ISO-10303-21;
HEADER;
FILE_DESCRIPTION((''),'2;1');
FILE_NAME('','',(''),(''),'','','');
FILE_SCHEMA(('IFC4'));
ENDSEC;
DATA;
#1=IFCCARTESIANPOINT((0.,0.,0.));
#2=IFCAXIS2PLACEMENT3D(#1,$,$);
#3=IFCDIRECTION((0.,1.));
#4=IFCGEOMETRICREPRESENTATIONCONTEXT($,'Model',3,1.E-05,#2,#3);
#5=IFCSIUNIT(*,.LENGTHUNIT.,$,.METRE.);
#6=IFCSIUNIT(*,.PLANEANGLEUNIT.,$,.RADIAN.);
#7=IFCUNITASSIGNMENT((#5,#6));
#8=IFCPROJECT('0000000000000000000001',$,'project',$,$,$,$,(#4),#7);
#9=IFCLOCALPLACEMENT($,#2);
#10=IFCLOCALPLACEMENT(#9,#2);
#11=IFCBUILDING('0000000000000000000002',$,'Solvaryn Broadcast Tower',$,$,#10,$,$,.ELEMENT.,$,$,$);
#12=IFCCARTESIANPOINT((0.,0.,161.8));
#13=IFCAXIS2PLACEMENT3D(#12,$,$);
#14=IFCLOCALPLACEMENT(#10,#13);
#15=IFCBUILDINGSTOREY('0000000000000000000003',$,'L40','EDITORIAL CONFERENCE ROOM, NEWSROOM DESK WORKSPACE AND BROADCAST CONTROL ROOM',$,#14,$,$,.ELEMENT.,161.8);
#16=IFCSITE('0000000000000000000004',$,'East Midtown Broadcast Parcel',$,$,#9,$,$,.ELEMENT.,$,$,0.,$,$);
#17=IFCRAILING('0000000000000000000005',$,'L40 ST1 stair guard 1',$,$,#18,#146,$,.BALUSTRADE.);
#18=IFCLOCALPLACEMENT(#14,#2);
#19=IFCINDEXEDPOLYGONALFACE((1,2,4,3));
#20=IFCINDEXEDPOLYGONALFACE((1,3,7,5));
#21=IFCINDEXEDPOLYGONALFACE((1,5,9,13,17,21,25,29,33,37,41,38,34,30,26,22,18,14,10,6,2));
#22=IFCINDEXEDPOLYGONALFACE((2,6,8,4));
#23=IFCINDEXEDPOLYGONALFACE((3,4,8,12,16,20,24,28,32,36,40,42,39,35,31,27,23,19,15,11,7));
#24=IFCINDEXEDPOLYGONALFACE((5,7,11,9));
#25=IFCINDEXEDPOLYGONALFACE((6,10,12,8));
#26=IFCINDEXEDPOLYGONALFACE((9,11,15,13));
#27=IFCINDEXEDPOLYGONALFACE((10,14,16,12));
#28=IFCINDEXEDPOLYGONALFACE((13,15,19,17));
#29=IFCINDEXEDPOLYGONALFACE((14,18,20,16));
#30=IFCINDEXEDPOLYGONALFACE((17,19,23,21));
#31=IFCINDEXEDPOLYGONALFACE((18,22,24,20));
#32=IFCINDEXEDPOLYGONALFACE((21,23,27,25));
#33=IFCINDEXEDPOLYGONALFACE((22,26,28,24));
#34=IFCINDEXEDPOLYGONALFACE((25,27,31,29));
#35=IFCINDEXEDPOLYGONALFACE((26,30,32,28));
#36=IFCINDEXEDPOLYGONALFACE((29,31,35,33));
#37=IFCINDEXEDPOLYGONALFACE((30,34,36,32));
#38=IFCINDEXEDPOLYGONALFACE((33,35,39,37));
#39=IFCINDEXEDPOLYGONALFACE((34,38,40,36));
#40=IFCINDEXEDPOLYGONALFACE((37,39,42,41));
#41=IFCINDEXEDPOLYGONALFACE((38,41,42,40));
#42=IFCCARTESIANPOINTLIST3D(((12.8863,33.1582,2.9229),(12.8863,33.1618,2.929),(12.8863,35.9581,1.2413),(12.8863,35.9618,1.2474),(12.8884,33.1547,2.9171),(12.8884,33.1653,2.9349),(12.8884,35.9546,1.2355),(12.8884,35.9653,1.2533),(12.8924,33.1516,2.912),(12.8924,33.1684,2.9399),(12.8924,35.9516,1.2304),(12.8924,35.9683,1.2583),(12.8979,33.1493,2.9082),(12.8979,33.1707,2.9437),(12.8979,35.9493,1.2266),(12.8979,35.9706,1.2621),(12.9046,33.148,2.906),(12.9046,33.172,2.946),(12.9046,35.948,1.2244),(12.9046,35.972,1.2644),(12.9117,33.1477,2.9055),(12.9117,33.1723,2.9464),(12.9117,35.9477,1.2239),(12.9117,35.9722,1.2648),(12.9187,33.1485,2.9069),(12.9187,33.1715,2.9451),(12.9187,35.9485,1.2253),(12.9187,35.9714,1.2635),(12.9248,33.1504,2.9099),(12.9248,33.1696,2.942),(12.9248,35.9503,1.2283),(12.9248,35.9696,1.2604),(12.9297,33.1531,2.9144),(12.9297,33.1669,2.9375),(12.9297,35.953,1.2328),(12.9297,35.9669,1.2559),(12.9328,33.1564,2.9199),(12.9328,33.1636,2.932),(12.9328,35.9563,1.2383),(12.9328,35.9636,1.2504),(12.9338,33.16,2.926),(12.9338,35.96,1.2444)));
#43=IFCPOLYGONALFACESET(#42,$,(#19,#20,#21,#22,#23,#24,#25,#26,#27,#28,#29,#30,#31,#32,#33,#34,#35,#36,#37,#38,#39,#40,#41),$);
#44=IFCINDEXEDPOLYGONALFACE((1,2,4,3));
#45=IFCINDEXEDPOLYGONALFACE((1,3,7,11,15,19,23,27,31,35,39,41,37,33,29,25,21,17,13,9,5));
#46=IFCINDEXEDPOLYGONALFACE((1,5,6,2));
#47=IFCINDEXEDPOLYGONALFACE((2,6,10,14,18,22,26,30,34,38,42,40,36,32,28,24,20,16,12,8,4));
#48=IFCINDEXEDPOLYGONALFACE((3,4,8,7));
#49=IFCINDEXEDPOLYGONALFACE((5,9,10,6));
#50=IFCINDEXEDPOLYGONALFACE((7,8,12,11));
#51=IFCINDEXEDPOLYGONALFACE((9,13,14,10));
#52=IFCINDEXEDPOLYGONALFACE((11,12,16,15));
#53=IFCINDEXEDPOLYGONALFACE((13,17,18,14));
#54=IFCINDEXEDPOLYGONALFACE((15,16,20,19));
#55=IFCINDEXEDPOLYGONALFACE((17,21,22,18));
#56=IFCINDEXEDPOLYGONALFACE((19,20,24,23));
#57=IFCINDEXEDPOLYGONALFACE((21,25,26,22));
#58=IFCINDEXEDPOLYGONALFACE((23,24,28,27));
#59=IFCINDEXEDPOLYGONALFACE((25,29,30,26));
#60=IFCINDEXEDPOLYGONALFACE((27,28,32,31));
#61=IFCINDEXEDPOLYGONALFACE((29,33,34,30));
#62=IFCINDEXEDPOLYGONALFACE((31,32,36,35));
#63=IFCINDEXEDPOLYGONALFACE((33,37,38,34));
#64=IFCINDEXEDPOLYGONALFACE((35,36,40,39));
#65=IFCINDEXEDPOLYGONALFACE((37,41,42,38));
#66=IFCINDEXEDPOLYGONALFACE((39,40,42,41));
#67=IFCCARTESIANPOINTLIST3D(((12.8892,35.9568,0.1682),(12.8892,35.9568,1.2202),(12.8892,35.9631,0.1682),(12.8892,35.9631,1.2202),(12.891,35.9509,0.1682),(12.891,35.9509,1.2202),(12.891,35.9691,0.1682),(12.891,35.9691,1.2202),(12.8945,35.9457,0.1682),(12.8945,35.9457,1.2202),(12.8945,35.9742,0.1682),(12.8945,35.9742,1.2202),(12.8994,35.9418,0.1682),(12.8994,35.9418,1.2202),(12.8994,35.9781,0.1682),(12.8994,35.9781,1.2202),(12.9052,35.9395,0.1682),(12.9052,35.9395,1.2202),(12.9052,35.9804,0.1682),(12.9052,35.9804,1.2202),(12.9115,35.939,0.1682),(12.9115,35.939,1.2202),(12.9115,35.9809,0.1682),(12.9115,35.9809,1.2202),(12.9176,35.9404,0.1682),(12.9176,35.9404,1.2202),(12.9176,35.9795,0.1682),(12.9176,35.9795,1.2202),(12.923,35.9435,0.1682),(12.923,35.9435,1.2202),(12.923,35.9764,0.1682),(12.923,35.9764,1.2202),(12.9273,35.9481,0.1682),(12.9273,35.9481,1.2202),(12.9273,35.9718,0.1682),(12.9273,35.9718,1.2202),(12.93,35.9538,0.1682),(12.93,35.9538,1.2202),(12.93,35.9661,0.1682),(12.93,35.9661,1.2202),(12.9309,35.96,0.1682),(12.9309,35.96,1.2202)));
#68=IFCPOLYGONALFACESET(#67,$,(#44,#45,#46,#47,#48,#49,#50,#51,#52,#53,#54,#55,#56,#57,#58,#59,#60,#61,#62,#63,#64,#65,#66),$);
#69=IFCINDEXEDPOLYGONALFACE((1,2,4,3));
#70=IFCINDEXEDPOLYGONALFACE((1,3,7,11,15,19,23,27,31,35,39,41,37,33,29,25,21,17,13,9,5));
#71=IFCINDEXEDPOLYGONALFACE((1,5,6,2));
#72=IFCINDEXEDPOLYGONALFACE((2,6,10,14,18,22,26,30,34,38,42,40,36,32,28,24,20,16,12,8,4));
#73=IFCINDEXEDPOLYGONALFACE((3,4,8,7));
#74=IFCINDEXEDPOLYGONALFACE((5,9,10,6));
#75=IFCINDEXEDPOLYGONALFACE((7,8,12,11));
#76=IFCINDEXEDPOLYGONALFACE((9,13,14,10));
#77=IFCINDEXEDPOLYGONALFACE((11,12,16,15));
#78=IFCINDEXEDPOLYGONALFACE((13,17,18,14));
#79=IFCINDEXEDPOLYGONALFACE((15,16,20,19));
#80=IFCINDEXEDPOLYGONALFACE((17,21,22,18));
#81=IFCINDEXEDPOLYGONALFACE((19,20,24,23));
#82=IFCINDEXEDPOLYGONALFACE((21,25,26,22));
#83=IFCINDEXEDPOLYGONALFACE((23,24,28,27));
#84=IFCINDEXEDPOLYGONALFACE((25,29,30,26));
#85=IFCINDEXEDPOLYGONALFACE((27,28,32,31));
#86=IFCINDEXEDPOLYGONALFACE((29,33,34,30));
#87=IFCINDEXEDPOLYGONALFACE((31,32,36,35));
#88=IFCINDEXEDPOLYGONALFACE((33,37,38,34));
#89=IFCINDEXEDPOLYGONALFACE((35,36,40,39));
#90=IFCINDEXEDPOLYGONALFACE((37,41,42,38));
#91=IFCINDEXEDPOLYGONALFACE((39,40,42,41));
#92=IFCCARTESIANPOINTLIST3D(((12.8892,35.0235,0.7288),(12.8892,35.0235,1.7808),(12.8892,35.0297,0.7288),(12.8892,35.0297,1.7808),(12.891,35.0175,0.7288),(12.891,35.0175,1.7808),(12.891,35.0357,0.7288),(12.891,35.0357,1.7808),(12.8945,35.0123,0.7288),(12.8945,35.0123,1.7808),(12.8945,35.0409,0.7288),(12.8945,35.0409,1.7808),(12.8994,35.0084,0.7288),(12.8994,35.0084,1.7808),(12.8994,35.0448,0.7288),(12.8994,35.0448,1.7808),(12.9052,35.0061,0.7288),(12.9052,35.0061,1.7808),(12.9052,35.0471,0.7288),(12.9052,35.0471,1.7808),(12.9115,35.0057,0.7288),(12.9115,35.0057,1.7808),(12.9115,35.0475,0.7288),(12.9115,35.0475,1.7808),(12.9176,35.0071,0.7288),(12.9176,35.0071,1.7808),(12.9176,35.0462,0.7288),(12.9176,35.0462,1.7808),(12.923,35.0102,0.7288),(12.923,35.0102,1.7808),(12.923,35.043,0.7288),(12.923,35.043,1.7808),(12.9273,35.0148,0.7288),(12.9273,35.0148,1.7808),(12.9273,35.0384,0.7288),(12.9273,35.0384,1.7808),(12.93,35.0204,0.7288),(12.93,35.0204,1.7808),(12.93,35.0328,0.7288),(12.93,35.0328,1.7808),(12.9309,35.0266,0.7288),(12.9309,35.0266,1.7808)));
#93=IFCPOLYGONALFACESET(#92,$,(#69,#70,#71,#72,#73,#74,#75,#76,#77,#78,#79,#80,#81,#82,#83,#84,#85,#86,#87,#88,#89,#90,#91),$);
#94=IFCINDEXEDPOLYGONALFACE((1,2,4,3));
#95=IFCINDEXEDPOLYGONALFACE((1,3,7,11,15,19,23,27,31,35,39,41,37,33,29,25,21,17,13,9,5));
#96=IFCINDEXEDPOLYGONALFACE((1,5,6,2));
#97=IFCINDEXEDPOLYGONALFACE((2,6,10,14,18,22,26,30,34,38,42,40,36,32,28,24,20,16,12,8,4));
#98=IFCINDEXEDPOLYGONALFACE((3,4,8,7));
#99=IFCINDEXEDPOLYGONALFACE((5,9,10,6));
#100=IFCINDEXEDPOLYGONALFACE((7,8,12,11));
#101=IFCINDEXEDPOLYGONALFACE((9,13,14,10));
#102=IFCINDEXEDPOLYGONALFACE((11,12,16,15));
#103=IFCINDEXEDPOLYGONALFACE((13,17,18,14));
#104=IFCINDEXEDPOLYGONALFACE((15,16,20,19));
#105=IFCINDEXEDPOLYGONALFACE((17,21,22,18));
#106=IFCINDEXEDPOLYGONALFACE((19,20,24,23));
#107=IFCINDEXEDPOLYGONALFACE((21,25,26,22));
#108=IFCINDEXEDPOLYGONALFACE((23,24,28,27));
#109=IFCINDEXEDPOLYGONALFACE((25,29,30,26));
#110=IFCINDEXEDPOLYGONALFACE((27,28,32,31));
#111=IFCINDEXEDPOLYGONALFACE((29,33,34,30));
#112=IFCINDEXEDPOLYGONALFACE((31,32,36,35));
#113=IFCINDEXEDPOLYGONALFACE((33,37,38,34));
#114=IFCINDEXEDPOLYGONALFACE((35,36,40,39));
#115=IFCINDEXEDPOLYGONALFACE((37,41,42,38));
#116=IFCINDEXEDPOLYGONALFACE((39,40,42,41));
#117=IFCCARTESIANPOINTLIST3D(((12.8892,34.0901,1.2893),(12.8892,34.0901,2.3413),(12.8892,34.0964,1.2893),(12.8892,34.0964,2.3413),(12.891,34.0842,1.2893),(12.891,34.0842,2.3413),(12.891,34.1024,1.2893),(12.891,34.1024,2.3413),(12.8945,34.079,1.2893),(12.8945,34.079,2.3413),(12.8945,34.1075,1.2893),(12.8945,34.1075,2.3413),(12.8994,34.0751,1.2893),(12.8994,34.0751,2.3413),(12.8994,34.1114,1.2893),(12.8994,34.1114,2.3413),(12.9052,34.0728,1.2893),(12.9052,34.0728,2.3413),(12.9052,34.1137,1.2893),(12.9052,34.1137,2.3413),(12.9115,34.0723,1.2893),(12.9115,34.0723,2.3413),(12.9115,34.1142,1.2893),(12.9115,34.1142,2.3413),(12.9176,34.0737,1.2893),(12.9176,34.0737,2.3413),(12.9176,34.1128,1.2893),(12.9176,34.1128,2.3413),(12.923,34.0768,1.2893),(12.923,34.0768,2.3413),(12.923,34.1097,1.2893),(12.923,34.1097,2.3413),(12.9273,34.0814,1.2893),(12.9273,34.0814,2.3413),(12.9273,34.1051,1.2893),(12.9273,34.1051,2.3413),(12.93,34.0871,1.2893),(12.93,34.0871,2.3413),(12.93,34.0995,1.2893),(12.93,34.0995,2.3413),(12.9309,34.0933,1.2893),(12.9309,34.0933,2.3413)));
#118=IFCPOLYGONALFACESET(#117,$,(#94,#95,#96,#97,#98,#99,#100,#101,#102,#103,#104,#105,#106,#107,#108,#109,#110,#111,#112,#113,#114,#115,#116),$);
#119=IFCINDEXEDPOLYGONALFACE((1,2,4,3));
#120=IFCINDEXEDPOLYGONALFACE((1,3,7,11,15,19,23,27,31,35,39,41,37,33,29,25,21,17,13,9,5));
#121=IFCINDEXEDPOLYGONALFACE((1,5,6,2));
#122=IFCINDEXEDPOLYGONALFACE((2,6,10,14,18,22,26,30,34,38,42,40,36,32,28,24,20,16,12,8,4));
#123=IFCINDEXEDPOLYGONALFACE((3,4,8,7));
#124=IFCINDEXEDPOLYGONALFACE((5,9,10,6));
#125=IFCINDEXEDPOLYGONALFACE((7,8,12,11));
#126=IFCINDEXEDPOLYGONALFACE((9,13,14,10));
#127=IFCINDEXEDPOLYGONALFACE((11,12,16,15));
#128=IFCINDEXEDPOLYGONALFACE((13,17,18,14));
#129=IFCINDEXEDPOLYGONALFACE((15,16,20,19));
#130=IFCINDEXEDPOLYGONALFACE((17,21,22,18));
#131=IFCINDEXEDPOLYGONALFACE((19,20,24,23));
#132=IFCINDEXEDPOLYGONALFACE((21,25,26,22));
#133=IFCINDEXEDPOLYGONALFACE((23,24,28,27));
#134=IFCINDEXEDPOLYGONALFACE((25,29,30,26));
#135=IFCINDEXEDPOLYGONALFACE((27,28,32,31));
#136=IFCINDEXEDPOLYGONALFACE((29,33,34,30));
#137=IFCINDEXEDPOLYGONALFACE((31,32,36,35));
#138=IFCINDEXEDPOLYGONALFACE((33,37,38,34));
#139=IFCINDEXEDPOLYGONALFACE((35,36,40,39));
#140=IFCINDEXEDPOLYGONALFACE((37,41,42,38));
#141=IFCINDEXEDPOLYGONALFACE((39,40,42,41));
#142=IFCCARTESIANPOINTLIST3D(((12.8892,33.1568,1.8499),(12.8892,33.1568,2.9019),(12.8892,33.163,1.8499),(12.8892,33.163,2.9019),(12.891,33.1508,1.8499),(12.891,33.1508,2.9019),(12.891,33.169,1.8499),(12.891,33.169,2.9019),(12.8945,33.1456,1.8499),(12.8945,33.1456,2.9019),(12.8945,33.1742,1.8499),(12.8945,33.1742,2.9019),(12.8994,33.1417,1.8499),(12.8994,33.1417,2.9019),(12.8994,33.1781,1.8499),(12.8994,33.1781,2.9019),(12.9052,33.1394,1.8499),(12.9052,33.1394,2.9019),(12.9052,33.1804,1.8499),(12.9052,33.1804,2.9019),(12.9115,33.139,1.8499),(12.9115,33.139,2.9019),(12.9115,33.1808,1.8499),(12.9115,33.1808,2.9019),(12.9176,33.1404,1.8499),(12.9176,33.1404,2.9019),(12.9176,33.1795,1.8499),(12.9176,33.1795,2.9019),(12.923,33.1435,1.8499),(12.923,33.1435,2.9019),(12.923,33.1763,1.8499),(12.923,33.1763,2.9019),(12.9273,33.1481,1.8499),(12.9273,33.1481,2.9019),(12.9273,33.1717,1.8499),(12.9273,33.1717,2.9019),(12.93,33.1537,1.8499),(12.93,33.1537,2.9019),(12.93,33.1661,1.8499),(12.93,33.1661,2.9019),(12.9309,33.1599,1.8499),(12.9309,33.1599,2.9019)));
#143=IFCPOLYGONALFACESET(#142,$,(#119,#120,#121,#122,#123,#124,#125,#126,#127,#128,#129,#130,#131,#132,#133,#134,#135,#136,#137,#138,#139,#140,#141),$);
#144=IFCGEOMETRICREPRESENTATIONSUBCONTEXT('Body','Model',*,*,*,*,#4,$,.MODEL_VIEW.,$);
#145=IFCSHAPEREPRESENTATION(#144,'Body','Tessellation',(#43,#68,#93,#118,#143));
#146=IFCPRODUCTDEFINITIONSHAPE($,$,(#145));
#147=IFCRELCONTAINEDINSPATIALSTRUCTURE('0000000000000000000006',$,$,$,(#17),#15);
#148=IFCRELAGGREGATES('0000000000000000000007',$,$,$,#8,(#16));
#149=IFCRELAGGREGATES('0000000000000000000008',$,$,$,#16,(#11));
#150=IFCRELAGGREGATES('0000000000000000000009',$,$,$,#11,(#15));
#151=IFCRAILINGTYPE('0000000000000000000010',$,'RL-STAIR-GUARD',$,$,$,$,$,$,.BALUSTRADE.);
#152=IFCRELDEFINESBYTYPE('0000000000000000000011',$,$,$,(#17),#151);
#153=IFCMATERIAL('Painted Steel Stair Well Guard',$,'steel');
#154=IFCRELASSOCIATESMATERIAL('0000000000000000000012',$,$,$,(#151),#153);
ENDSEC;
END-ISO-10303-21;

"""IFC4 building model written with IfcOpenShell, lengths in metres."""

from ifc_helpers import new_model, si_unit, direction, frame, origin, origin_2d, place, context, subcontext, project, spatial, circle, extrude, material, type_object, element, save


model = new_model("IFC4")

# Units and contexts
model_context = context("Model", 3, precision=1e-05, world=origin(), true_north=direction((0.0, 1.0)))
body_context = subcontext(model_context, "Body", "Model", "MODEL_VIEW")
ifc_project = project(units=[si_unit("LENGTHUNIT", "METRE"), si_unit("PLANEANGLEUNIT", "RADIAN")], contexts=[model_context])

# Site, building, storey
site_placement = place(None, origin())
site = spatial("IfcSite", under=ifc_project, at=site_placement, Name="East Midtown Broadcast Parcel", CompositionType="ELEMENT", RefElevation=0.0)
building_placement = place(site_placement, origin())
building = spatial("IfcBuilding", under=site, at=building_placement, Name="Solvaryn Broadcast Tower", CompositionType="ELEMENT")
storey_placement = place(building_placement, frame((0.0, 0.0, 161.8)))
storey = spatial("IfcBuildingStorey", under=building, at=storey_placement, Name="L40", Description="EDITORIAL CONFERENCE ROOM, NEWSROOM DESK WORKSPACE AND BROADCAST CONTROL ROOM", CompositionType="ELEMENT", Elevation=161.8)

# Railing
ifc_material_1 = material(Name="Painted Steel Stair Well Guard", Category="steel")
railing_type_1 = type_object("IfcRailingType", Name="RL-STAIR-GUARD", PredefinedType="BALUSTRADE", material=ifc_material_1)
railing_1_placement = place(storey_placement, frame((12.9099, 35.96, 0.1682)))
element("IfcRailing", 1, at=railing_1_placement, inside=storey, type_object=railing_type_1, Name="L40 ST1 stair guard 1", PredefinedType="BALUSTRADE", context=body_context, shape_type="SweptSolid", body=[
    extrude(circle(Radius=0.0239, at=origin_2d()), frame((0.0, 0.0, 1.0762), z_axis=(0.0, -0.857275, 0.514858), x_axis=(1.0, 0.0, 0.0)), (0.0, 0.0, 1.0), 3.2661),
    extrude(circle(Radius=0.021, at=origin_2d()), origin(), (0.0, 0.0, 1.0), 1.052),
    extrude(circle(Radius=0.021, at=origin_2d()), frame((0.0, -0.9333, 0.5605)), (0.0, 0.0, 1.0), 1.052),
    extrude(circle(Radius=0.021, at=origin_2d()), frame((0.0, -1.8667, 1.1211)), (0.0, 0.0, 1.0), 1.052),
    extrude(circle(Radius=0.021, at=origin_2d()), frame((0.0, -2.8, 1.6816)), (0.0, 0.0, 1.0), 1.052),
])

save(model, "model.ifc")
